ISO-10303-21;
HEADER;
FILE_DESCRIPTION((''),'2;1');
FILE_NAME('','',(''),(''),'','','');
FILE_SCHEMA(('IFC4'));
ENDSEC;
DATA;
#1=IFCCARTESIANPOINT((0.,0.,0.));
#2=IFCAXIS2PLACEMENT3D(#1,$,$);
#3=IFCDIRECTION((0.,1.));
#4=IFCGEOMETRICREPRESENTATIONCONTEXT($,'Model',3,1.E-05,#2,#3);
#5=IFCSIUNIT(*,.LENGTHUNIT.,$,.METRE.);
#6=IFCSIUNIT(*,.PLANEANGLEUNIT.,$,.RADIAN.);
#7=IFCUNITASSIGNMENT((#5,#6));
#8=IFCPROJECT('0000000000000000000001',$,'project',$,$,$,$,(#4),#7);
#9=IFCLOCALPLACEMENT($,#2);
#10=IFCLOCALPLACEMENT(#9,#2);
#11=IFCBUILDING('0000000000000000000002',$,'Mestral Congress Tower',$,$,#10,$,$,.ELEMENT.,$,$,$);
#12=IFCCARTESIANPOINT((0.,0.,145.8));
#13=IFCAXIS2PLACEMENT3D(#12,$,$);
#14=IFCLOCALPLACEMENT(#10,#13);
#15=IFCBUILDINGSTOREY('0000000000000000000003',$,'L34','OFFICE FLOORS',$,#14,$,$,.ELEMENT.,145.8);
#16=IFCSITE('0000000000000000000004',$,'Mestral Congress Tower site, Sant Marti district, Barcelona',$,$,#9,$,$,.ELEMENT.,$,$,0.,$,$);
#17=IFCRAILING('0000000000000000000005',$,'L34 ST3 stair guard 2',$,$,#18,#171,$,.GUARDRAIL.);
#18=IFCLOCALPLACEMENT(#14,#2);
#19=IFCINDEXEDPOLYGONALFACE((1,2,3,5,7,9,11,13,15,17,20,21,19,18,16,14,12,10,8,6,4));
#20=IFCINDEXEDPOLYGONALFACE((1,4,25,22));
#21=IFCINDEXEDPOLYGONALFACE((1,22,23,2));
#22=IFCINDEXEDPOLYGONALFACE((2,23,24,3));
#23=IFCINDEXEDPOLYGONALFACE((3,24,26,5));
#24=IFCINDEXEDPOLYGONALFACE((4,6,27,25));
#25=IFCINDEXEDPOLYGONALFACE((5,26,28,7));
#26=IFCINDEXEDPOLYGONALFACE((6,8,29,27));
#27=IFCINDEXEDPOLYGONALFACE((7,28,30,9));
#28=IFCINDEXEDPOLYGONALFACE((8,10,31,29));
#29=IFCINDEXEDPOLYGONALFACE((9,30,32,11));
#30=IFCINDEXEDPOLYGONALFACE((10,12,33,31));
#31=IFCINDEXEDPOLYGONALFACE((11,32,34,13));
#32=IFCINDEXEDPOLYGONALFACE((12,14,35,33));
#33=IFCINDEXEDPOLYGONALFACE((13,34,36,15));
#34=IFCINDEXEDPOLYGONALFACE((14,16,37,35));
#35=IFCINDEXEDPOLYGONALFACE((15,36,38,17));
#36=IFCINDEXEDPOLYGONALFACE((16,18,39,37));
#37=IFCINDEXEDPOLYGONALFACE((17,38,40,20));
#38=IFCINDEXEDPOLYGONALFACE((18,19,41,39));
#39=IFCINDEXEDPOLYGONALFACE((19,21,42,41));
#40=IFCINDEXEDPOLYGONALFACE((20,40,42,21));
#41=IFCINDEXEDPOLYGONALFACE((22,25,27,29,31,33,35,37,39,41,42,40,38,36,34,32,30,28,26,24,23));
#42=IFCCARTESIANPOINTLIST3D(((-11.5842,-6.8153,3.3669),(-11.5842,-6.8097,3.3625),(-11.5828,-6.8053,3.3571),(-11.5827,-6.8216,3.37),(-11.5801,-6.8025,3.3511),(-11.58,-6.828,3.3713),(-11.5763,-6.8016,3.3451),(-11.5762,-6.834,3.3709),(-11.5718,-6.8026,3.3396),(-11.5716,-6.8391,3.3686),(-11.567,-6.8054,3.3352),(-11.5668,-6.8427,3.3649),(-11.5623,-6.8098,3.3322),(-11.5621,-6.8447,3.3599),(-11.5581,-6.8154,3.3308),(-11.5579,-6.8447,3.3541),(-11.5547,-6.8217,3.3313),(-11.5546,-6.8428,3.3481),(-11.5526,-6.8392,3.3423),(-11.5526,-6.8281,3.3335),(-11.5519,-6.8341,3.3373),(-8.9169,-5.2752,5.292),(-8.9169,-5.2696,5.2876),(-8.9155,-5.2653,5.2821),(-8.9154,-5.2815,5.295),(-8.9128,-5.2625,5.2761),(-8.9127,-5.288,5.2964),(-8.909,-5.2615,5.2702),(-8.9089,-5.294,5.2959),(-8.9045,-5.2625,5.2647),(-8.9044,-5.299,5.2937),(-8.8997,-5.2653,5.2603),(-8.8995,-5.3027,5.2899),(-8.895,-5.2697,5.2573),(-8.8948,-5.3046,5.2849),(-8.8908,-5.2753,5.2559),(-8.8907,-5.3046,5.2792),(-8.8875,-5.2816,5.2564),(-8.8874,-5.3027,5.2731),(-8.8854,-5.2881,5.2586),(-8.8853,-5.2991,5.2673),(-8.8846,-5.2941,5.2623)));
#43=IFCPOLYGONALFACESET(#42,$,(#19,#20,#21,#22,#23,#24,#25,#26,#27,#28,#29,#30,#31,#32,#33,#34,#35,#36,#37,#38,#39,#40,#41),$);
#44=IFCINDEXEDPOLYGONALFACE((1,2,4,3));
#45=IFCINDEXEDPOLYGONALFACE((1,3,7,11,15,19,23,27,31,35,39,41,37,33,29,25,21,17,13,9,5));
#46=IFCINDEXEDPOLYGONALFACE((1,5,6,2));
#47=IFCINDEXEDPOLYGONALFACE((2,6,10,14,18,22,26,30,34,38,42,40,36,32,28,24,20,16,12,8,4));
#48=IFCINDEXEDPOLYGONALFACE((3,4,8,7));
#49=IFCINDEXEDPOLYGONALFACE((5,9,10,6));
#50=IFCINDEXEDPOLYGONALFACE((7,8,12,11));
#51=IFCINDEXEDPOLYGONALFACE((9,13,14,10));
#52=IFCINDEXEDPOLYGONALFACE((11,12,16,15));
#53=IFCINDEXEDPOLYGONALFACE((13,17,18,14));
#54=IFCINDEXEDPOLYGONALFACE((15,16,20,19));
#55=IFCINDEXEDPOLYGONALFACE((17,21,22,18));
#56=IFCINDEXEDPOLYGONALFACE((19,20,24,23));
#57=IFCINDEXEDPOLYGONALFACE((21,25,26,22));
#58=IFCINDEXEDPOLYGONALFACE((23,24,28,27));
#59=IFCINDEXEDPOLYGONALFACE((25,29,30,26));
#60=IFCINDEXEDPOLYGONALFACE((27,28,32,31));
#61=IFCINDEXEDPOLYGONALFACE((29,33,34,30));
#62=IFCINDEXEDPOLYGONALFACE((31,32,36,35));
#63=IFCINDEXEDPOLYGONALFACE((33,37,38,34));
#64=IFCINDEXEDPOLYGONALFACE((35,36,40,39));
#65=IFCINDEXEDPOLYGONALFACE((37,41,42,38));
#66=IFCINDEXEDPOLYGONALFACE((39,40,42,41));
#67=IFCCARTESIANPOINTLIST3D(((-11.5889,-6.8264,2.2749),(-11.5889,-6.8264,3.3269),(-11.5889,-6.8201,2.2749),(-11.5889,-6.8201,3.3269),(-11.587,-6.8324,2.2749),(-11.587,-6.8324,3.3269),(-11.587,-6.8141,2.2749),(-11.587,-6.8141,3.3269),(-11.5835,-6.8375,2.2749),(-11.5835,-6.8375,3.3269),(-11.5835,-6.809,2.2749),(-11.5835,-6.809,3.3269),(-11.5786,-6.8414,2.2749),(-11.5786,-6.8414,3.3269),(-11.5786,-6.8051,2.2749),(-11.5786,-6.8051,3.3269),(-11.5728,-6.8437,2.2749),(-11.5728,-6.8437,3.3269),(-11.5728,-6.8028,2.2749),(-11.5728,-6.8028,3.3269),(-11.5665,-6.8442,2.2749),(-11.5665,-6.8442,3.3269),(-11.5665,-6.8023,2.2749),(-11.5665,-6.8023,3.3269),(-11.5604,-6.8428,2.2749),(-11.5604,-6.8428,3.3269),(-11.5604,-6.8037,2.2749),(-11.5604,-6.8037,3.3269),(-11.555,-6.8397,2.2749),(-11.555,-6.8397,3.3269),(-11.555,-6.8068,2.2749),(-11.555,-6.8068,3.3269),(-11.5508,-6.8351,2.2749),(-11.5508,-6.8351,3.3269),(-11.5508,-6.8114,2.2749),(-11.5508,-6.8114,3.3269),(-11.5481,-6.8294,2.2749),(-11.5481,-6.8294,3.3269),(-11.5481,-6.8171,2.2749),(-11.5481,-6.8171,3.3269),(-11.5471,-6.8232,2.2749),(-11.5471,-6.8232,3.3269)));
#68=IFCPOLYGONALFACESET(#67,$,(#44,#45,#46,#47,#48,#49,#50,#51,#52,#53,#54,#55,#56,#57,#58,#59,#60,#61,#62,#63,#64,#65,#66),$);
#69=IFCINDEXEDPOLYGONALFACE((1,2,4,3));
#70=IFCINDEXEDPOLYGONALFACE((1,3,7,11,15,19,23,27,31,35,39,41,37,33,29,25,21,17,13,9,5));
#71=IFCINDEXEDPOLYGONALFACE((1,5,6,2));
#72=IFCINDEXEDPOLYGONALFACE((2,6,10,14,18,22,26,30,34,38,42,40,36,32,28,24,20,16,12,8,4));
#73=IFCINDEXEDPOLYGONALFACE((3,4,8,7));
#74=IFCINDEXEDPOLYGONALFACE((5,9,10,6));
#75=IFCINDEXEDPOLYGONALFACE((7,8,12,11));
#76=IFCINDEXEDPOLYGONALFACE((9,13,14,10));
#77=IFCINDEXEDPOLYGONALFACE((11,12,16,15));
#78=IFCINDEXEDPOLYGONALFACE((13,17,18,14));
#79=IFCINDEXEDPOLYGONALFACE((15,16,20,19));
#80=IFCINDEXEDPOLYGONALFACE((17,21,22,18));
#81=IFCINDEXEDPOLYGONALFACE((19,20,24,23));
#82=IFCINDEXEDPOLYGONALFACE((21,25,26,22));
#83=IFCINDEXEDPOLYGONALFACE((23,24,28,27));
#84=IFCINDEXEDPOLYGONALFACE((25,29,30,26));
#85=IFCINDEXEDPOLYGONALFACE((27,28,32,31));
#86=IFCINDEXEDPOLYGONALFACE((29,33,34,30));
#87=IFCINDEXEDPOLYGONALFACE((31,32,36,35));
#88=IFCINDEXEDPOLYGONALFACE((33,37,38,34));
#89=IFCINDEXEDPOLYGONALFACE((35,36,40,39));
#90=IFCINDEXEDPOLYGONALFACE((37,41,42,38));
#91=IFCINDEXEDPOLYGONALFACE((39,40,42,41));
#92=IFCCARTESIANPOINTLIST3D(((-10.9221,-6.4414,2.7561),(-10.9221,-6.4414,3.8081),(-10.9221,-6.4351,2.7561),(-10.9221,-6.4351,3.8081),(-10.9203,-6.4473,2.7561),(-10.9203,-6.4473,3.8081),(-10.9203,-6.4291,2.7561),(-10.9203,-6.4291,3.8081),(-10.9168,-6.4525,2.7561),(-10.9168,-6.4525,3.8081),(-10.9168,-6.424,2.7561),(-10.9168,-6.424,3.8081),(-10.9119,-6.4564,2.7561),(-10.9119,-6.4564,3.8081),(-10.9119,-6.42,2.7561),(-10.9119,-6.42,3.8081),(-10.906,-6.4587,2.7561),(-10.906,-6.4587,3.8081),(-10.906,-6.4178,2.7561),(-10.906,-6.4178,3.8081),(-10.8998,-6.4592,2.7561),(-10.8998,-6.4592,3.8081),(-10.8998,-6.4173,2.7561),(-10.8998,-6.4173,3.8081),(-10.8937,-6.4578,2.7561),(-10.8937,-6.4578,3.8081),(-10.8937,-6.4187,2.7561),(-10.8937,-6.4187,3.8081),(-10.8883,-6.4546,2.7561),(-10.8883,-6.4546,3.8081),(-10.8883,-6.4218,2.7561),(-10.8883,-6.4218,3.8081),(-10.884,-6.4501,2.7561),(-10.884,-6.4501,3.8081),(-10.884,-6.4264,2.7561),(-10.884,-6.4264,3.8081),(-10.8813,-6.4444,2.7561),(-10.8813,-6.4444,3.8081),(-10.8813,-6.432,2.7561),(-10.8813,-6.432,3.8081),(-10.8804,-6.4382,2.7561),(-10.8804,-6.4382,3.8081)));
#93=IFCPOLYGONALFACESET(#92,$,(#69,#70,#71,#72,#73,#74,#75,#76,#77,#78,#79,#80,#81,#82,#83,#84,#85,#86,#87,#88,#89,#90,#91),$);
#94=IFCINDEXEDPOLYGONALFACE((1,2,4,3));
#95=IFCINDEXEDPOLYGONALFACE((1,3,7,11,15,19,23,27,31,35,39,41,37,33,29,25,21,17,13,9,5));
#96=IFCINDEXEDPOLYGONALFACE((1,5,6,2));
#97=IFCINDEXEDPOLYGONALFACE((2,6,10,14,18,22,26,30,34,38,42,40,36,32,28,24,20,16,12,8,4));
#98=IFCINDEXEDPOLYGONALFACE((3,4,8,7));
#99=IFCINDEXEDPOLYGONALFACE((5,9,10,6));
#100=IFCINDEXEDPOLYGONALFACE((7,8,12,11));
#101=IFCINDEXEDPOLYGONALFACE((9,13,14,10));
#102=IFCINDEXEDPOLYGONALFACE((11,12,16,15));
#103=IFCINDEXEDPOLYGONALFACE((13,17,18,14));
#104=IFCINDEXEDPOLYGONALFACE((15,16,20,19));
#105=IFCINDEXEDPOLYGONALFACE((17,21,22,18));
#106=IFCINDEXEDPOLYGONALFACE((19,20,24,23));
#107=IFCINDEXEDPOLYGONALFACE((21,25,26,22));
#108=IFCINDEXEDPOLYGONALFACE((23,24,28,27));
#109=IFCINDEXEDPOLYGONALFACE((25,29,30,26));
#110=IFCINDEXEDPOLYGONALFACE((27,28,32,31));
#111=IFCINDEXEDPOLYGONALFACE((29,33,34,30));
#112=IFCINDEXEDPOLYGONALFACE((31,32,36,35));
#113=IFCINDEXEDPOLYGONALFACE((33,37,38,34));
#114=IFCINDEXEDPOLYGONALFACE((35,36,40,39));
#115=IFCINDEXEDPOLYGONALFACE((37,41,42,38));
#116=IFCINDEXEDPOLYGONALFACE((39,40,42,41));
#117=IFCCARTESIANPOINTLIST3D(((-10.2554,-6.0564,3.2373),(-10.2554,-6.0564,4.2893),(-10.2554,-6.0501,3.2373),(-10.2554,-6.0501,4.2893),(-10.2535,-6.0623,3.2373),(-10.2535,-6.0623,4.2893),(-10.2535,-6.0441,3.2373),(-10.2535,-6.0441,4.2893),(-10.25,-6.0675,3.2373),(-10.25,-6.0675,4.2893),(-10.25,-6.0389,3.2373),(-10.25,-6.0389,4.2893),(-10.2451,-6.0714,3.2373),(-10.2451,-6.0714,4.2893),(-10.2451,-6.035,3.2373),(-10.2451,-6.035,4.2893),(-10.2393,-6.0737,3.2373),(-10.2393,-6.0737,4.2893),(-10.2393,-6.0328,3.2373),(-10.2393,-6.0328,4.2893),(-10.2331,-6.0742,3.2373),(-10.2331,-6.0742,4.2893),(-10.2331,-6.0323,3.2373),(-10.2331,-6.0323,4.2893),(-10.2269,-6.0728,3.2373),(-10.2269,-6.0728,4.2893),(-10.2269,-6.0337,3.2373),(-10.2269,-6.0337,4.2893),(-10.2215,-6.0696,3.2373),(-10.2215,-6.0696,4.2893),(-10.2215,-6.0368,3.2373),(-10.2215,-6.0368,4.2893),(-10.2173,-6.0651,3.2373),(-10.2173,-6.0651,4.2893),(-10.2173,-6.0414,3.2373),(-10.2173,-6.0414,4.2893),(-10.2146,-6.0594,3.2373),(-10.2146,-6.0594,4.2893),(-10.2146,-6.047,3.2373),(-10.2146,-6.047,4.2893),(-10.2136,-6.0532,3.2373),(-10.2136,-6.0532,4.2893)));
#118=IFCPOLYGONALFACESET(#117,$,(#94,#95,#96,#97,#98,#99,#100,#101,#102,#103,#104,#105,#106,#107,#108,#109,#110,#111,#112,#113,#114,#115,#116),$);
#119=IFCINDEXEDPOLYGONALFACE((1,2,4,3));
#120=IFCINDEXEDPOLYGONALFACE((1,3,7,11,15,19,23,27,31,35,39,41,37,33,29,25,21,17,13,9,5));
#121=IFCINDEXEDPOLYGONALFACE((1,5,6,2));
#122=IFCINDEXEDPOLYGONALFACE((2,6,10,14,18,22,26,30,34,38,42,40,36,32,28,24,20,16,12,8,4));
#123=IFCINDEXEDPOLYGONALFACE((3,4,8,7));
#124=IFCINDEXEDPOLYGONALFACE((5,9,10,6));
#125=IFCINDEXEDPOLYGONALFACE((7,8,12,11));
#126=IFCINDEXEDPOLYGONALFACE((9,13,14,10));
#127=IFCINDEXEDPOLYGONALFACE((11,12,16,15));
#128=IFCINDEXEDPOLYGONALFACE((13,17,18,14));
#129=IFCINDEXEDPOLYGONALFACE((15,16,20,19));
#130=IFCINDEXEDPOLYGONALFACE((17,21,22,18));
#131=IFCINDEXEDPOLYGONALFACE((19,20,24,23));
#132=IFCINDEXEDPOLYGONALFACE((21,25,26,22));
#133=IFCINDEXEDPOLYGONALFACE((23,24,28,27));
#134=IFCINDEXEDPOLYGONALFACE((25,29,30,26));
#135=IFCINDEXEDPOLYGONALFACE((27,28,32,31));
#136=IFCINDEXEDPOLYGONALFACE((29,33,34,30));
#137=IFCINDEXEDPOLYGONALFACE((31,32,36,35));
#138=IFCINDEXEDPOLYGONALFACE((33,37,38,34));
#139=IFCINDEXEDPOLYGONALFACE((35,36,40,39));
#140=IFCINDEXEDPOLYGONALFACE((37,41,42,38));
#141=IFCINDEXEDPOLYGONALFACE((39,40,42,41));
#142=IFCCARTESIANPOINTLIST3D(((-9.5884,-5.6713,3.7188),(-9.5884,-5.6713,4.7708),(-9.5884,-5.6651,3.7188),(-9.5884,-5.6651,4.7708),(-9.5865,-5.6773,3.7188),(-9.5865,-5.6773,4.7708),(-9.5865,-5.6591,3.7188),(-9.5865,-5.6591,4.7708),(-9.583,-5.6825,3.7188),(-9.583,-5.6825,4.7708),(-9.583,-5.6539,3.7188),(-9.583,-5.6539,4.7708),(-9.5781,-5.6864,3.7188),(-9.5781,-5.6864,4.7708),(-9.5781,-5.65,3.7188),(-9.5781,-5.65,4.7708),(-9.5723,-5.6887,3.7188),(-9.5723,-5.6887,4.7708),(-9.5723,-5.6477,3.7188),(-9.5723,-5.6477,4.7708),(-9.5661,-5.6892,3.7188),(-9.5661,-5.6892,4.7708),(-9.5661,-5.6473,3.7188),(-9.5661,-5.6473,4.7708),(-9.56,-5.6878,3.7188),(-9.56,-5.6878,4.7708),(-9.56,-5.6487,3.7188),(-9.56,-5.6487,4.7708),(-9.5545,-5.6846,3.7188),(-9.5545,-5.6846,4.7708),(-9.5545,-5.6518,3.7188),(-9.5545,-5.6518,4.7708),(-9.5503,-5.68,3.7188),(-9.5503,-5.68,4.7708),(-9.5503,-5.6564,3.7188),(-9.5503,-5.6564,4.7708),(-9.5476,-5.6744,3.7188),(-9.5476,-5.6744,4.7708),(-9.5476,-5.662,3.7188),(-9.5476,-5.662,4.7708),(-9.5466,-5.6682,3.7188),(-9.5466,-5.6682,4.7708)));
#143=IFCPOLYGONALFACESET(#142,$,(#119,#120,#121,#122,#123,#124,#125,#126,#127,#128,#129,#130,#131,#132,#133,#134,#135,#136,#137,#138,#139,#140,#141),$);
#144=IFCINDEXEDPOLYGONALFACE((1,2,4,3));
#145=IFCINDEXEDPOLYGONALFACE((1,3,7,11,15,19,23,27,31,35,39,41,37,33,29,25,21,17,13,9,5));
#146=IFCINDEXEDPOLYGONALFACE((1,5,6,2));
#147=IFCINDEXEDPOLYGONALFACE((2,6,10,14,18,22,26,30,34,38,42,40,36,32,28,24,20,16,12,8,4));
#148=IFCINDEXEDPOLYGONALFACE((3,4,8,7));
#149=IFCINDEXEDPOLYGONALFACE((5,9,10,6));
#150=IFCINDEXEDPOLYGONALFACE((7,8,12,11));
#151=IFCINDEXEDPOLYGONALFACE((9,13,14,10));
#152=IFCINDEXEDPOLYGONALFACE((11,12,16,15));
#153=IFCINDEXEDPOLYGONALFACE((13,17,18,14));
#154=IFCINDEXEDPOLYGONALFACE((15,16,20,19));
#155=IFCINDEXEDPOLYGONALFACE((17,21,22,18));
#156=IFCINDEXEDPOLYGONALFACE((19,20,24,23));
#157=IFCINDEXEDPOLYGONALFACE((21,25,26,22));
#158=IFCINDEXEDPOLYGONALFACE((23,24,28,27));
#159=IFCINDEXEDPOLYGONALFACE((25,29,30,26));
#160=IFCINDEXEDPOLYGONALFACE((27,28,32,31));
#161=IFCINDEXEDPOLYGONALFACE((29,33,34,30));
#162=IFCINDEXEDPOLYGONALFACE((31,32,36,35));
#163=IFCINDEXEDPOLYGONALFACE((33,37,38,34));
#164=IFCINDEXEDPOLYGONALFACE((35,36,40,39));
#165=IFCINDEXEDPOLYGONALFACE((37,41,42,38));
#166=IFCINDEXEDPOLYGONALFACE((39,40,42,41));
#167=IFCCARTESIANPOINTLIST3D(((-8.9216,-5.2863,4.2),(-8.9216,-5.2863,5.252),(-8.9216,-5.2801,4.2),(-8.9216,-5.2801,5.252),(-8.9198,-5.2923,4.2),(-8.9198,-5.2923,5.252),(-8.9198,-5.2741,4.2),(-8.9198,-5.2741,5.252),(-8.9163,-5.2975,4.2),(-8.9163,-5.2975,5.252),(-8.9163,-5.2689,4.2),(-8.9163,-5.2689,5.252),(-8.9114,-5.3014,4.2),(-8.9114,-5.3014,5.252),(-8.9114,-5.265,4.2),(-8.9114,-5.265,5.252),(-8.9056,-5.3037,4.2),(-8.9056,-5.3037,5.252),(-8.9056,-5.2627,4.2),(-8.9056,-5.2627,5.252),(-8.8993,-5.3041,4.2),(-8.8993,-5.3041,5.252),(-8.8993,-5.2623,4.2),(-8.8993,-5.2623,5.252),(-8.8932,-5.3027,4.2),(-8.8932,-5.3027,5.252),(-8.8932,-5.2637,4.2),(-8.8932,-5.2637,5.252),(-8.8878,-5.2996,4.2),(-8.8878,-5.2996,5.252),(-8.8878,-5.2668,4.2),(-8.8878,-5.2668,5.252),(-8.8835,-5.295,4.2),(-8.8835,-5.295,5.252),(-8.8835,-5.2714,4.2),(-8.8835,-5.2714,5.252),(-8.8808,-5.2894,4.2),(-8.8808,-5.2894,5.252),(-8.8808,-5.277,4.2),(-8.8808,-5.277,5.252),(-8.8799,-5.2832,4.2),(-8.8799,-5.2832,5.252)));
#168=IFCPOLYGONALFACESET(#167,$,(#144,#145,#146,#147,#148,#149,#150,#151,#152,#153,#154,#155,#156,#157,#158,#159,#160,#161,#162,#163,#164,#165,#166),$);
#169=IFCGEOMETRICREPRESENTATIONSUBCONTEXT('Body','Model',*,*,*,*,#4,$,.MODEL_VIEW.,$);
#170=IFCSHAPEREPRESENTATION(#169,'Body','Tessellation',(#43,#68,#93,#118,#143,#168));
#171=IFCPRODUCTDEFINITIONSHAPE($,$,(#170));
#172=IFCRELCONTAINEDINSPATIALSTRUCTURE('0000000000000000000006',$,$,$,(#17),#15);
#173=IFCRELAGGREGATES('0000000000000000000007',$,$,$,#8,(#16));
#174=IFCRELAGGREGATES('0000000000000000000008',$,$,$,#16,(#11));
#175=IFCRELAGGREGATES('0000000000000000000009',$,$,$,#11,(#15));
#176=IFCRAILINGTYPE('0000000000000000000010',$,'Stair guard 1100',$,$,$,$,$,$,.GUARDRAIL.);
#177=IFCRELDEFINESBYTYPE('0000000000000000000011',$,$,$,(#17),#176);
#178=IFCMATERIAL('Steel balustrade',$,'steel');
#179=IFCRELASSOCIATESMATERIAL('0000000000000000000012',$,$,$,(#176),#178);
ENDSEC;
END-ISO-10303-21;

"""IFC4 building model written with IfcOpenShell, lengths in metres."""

from ifc_helpers import new_model, si_unit, direction, frame, origin, origin_2d, place, context, subcontext, project, spatial, circle, extrude, material, type_object, element, save


model = new_model("IFC4")

# Units and contexts
model_context = context("Model", 3, precision=1e-05, world=origin(), true_north=direction((0.0, 1.0)))
body_context = subcontext(model_context, "Body", "Model", "MODEL_VIEW")
ifc_project = project(units=[si_unit("LENGTHUNIT", "METRE"), si_unit("PLANEANGLEUNIT", "RADIAN")], contexts=[model_context])

# Site, building, storey
site_placement = place(None, origin())
site = spatial("IfcSite", under=ifc_project, at=site_placement, Name="Mestral Congress Tower site, Sant Marti district, Barcelona", CompositionType="ELEMENT", RefElevation=0.0)
building_placement = place(site_placement, origin())
building = spatial("IfcBuilding", under=site, at=building_placement, Name="Mestral Congress Tower", CompositionType="ELEMENT")
storey_placement = place(building_placement, frame((0.0, 0.0, 145.8)))
storey = spatial("IfcBuildingStorey", under=building, at=storey_placement, Name="L34", Description="OFFICE FLOORS", CompositionType="ELEMENT", Elevation=145.8)

# Railing
ifc_material_1 = material(Name="Steel balustrade", Category="steel")
railing_type_1 = type_object("IfcRailingType", Name="Stair guard 1100", PredefinedType="GUARDRAIL", material=ifc_material_1)
railing_1_placement = place(storey_placement, frame((-11.5681, -6.8232, 2.2749)))
element("IfcRailing", 1, at=railing_1_placement, inside=storey, type_object=railing_type_1, Name="L34 ST3 stair guard 2", PredefinedType="GUARDRAIL", context=body_context, shape_type="SweptSolid", body=[
    extrude(circle(Radius=0.0239, at=origin_2d()), frame((0.0, 0.0, 1.0762), z_axis=(0.734364, 0.424015, 0.530019), x_axis=(-0.500027, 0.86601, 0.0)), (0.0, 0.0, 1.0), 3.6321),
    extrude(circle(Radius=0.021, at=origin_2d()), origin(), (0.0, 0.0, 1.0), 1.052),
    extrude(circle(Radius=0.021, at=origin_2d()), frame((0.6667, 0.385, 0.4812)), (0.0, 0.0, 1.0), 1.052),
    extrude(circle(Radius=0.021, at=origin_2d()), frame((1.3335, 0.77, 0.9624)), (0.0, 0.0, 1.0), 1.052),
    extrude(circle(Radius=0.021, at=origin_2d()), frame((2.0005, 1.155, 1.4438)), (0.0, 0.0, 1.0), 1.052),
    extrude(circle(Radius=0.021, at=origin_2d()), frame((2.6672, 1.54, 1.925)), (0.0, 0.0, 1.0), 1.052),
])

save(model, "model.ifc")
